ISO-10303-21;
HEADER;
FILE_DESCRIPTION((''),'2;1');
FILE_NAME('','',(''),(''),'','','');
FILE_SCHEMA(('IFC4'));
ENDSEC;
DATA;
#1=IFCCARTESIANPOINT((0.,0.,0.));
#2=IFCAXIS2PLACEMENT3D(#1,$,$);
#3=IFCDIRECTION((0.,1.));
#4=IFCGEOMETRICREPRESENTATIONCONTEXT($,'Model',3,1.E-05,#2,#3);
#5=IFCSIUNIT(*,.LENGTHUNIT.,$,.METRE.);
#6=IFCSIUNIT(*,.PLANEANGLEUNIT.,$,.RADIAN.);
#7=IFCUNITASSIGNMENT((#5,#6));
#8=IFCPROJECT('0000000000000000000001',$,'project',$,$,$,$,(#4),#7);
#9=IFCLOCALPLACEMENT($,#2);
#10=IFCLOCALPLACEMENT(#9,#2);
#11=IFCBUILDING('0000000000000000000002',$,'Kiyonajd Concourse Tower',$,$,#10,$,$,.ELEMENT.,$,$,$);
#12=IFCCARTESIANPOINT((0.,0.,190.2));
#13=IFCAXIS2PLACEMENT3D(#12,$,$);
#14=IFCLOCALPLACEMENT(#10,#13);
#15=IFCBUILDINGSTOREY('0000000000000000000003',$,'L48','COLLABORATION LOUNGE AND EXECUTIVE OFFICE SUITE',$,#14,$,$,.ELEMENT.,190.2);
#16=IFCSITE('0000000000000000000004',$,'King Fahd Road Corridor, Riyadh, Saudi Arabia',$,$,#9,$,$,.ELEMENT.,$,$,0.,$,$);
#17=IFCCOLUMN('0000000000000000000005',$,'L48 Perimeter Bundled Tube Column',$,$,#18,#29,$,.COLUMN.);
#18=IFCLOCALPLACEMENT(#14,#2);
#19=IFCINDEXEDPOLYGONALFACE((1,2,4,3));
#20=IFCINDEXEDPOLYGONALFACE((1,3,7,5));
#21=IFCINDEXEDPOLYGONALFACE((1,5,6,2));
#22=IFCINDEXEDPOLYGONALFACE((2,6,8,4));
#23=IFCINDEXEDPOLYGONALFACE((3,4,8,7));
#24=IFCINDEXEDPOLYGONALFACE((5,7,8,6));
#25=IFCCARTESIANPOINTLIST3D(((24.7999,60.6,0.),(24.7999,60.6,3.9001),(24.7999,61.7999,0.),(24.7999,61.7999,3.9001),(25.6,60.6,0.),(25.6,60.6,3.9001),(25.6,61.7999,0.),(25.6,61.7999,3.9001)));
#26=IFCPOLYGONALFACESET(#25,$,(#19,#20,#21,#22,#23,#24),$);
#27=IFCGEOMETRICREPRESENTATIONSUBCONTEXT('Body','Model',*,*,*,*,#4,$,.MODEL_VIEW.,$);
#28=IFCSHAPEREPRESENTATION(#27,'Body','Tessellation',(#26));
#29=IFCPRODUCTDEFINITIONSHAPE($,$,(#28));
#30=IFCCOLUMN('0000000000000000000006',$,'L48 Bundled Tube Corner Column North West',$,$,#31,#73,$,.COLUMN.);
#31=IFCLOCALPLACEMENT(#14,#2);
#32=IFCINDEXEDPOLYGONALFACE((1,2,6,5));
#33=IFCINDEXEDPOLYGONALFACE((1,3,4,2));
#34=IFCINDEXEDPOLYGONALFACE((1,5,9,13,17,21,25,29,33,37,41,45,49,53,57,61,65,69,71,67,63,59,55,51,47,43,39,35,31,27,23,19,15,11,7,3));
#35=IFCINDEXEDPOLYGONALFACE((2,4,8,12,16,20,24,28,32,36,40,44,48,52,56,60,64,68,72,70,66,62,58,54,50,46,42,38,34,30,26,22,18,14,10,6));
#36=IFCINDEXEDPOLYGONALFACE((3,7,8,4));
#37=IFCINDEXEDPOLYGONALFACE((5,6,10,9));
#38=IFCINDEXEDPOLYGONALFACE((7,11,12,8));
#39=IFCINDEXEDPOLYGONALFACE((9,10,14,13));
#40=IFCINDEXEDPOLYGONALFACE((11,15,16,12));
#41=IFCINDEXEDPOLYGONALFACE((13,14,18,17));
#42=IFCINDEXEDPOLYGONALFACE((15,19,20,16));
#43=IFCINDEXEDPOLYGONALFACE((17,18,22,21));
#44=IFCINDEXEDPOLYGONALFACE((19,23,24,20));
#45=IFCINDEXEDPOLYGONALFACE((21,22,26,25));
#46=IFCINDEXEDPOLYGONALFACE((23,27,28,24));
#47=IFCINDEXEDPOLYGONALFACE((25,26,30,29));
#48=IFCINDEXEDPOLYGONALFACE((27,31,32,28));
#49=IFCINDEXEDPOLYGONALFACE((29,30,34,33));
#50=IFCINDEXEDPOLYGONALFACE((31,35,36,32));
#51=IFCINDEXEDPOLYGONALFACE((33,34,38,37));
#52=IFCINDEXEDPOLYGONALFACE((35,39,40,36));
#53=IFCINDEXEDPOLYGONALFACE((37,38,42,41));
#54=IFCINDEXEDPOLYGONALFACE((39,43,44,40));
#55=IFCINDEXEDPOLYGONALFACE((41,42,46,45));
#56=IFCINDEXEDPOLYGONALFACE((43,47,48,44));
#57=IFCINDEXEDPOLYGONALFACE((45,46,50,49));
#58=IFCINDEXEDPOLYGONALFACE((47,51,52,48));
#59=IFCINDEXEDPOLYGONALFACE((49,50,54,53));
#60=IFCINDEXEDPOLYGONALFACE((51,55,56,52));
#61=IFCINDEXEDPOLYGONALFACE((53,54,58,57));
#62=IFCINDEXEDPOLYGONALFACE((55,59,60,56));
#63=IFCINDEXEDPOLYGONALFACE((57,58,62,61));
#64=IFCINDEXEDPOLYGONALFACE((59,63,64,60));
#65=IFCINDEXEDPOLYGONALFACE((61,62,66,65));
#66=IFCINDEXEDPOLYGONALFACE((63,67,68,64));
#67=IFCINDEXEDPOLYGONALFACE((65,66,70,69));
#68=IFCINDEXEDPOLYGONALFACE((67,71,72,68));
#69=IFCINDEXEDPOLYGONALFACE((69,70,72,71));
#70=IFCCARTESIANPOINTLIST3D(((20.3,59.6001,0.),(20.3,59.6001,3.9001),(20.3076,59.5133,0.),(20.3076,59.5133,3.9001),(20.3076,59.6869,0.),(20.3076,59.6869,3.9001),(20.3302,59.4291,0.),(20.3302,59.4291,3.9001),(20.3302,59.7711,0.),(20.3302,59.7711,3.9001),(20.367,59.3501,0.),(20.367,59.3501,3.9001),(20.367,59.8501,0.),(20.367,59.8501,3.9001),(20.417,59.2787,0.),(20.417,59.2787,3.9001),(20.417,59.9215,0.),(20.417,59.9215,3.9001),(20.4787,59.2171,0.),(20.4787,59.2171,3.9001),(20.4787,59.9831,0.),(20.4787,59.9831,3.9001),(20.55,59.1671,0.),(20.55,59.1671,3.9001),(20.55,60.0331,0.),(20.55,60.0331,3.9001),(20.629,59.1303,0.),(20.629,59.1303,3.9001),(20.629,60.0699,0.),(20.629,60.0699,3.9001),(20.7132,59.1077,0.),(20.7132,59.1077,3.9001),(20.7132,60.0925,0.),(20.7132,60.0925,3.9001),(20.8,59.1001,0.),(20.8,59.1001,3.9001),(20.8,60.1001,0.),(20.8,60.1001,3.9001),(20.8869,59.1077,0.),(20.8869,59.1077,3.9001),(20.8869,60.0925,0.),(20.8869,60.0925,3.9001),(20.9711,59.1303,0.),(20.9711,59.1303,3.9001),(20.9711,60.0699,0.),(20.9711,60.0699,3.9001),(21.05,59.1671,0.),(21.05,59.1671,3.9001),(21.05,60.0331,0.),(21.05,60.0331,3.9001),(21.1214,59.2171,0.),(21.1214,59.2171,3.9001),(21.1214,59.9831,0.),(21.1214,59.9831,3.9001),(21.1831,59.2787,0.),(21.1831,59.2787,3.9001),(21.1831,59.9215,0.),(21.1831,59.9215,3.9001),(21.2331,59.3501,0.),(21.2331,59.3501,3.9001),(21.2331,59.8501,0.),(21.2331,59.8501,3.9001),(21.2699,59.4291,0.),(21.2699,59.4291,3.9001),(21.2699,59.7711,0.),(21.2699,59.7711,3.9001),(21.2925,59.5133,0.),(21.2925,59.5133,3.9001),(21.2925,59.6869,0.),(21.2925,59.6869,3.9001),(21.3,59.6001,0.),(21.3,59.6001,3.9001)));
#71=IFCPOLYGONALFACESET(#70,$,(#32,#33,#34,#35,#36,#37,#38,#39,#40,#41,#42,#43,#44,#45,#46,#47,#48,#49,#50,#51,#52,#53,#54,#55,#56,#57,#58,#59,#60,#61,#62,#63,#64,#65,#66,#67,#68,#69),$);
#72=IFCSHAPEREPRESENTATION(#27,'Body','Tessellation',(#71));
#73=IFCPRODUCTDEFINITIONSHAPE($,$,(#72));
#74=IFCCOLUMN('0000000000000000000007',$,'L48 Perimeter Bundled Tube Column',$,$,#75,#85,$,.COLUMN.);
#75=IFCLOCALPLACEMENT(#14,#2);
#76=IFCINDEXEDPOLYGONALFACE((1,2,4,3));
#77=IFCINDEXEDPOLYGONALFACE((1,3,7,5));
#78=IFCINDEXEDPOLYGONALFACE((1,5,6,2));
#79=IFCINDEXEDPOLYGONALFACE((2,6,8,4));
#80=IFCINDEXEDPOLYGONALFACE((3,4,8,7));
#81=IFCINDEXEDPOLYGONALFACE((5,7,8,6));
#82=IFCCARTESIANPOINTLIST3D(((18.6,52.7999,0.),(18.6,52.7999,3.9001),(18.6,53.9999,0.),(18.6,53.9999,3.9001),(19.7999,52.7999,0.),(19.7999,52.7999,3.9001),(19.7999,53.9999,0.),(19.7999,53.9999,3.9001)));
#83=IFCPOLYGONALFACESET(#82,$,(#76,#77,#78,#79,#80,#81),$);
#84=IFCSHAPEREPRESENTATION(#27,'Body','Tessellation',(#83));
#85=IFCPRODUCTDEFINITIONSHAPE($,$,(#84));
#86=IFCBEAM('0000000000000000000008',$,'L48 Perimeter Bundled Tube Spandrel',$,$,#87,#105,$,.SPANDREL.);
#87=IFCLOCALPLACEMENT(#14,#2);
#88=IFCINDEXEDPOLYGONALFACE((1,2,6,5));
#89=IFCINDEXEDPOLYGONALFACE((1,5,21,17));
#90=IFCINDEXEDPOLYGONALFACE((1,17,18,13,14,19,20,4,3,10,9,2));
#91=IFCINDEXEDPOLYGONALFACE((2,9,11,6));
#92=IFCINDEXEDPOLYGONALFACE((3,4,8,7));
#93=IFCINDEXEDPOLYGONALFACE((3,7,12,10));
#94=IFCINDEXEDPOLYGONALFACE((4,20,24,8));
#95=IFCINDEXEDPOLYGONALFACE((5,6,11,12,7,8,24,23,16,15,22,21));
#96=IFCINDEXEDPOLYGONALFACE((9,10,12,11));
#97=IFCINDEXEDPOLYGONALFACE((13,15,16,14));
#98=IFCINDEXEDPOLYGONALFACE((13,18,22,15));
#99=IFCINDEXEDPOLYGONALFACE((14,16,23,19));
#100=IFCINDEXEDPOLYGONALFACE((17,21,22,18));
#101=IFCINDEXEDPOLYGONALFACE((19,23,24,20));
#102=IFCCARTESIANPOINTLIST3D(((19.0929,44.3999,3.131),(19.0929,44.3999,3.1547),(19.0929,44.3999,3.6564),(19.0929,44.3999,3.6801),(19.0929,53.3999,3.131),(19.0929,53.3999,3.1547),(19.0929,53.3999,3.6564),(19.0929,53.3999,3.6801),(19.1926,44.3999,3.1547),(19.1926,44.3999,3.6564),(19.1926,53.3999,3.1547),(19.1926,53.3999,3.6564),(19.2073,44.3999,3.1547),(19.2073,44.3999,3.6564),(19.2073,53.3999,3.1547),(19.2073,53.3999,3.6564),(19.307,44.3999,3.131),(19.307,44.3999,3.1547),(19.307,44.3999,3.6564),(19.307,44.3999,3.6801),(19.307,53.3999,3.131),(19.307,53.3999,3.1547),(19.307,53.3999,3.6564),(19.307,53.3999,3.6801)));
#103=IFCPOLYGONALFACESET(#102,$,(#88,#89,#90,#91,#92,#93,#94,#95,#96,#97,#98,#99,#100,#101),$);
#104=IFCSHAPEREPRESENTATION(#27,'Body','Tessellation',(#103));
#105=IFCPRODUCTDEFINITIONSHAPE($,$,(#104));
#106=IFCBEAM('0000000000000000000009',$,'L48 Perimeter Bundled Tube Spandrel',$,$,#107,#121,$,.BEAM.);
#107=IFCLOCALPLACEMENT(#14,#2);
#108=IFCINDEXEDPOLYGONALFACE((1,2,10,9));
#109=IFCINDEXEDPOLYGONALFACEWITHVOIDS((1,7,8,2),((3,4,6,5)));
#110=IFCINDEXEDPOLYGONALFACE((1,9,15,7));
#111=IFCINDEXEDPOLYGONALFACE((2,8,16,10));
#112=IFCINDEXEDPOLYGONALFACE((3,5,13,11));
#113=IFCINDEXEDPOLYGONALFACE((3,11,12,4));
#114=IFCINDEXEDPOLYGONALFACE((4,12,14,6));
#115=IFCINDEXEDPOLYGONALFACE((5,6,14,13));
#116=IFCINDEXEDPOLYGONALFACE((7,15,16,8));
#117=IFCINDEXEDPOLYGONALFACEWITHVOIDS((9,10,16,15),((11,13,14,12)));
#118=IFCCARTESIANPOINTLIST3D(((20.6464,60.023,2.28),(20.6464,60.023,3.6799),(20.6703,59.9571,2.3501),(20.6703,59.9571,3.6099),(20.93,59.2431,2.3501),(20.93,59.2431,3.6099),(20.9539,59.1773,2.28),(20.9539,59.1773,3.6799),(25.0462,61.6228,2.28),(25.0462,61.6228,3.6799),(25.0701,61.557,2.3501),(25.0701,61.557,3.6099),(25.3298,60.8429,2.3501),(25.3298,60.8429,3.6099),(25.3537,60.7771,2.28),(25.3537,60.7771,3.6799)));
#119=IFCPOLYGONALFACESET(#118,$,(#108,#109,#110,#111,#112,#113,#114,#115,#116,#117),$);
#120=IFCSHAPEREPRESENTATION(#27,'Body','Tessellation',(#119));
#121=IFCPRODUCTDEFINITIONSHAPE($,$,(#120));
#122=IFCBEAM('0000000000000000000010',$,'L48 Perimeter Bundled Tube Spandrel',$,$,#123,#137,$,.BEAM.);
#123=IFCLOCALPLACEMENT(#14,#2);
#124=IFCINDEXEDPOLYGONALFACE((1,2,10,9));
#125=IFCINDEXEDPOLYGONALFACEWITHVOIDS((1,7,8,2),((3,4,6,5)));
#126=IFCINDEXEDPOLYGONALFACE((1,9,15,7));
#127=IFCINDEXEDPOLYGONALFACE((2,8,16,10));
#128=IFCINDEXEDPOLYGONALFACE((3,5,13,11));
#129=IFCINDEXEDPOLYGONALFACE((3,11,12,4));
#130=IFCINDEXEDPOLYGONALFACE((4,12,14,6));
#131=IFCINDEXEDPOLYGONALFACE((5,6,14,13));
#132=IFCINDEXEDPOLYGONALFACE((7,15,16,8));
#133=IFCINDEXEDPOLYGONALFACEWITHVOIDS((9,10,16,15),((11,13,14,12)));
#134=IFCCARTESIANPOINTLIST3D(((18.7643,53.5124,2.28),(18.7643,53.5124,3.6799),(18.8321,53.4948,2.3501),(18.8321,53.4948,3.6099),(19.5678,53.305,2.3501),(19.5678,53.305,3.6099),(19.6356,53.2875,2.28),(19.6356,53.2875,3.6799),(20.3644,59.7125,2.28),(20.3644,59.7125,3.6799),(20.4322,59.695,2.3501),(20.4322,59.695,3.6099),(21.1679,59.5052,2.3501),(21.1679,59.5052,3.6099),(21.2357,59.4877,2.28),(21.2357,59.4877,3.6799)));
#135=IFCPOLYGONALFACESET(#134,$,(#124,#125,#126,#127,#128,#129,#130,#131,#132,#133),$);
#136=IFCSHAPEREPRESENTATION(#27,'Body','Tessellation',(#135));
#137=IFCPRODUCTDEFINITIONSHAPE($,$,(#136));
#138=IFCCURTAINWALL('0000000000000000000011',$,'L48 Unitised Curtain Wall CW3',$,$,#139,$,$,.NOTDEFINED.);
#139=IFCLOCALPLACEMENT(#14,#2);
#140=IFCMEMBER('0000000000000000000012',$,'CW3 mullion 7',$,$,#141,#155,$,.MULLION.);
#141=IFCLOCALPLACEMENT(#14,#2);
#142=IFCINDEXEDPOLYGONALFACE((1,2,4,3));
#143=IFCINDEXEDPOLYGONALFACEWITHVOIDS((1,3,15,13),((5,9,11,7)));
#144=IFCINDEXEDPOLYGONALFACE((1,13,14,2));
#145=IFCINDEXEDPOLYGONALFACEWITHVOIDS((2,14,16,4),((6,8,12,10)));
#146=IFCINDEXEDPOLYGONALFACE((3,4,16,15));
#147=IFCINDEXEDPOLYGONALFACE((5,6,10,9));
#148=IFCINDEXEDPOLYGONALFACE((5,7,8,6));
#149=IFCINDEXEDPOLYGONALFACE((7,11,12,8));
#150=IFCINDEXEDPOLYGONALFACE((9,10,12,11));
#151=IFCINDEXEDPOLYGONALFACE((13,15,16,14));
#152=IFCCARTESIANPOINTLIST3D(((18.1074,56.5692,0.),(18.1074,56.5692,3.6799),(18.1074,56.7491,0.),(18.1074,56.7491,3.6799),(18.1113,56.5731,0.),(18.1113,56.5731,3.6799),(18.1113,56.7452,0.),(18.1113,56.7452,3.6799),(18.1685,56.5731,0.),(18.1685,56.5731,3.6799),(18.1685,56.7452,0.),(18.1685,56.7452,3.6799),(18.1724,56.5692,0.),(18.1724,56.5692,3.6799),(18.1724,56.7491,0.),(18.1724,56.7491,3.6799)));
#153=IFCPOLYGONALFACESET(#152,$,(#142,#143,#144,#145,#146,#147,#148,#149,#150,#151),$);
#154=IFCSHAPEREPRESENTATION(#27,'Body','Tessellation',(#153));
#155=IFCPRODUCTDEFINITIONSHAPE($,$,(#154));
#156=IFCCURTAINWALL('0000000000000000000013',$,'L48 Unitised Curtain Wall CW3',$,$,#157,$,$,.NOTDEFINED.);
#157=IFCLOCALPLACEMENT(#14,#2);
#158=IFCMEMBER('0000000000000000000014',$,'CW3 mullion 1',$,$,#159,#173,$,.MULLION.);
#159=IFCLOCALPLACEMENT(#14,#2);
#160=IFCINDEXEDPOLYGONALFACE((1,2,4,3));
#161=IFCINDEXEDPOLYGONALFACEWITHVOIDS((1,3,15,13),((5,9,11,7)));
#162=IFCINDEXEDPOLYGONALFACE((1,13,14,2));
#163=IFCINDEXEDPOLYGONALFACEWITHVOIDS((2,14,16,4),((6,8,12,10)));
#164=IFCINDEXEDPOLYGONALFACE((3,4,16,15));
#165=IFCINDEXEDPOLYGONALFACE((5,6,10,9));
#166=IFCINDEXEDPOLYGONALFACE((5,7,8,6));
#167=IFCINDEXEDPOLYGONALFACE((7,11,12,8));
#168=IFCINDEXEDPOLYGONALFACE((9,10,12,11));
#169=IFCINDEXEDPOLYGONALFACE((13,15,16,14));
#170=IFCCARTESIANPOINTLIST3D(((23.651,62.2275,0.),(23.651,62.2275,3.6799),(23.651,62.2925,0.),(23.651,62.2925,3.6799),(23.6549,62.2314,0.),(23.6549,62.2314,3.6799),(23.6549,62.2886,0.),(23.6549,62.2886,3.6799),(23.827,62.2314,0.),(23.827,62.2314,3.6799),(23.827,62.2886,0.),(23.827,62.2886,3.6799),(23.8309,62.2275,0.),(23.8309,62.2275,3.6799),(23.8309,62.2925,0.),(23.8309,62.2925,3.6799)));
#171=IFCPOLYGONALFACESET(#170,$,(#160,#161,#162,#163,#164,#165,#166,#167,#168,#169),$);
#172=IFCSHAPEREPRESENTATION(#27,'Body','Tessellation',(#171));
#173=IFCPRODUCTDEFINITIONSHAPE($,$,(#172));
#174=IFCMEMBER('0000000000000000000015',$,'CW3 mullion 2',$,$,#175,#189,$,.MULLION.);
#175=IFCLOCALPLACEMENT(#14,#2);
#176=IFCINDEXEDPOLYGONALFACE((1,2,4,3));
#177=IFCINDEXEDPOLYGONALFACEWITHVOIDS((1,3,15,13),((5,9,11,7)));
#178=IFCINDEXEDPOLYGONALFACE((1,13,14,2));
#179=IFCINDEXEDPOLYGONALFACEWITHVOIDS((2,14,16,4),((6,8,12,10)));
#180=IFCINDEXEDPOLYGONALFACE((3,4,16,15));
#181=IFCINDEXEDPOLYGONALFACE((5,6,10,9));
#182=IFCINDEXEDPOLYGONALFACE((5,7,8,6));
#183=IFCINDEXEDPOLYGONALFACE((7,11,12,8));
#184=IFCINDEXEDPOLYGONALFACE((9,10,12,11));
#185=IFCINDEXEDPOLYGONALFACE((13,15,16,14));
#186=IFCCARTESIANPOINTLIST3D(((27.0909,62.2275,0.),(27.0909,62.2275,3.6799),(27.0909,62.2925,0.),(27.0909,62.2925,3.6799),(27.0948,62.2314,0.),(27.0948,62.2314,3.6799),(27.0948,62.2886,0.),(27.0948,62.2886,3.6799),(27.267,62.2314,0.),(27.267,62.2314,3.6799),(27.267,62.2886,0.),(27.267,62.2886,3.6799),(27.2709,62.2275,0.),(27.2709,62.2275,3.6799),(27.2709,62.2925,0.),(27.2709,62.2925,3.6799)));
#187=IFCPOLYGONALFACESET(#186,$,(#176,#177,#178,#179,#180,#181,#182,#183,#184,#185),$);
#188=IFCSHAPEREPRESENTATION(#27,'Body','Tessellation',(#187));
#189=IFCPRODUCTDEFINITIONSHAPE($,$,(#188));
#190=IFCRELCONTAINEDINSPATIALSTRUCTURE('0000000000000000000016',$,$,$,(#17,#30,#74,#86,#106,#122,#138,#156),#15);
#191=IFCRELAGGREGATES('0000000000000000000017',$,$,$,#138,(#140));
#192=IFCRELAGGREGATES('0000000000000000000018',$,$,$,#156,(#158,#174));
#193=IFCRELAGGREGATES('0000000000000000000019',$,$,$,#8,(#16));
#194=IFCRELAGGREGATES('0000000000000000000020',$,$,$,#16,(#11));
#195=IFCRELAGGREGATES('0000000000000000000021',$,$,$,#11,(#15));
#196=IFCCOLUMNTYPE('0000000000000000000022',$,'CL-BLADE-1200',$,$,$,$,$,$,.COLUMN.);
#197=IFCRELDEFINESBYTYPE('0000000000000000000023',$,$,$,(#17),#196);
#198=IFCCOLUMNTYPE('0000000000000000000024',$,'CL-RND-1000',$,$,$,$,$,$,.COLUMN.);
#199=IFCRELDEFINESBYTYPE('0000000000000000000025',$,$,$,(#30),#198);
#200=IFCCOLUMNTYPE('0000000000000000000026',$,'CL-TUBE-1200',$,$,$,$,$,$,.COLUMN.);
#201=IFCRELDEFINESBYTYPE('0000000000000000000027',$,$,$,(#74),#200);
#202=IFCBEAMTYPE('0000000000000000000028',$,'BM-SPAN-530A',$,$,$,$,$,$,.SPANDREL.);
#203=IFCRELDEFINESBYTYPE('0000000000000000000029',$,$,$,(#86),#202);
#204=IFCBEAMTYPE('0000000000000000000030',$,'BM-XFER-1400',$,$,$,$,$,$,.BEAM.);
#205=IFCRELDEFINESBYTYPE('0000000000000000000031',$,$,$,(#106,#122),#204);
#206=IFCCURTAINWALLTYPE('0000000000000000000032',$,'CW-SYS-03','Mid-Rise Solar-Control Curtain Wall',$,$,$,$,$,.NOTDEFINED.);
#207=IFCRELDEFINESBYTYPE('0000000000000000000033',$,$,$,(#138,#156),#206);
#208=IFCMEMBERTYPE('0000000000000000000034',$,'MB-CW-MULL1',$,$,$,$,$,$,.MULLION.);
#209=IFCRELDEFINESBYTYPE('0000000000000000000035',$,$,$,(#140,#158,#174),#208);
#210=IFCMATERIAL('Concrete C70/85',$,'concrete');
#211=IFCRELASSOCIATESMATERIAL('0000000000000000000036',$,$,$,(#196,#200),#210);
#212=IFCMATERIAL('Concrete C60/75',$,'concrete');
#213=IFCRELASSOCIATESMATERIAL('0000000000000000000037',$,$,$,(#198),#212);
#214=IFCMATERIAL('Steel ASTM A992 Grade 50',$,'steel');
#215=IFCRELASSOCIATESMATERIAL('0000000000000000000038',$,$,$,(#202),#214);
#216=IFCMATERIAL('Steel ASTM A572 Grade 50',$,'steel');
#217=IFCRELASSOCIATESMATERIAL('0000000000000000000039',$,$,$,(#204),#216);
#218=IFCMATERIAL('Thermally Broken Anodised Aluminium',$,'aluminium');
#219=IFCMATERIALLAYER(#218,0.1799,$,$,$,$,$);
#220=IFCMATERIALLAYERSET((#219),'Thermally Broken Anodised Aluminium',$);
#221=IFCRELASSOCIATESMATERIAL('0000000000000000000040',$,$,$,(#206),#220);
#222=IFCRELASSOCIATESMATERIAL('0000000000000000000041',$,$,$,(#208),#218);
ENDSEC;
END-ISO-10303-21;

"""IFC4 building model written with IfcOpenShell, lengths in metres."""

from ifc_helpers import new_model, si_unit, direction, frame, origin, origin_2d, place, context, subcontext, project, spatial, rectangle, hollow_rectangle, circle, i_section, extrude, material, layer, layer_set, material_profile, profile_set, type_object, element, aggregate, save


model = new_model("IFC4")

# Units and contexts
model_context = context("Model", 3, precision=1e-05, world=origin(), true_north=direction((0.0, 1.0)))
body_context = subcontext(model_context, "Body", "Model", "MODEL_VIEW")
ifc_project = project(units=[si_unit("LENGTHUNIT", "METRE"), si_unit("PLANEANGLEUNIT", "RADIAN")], contexts=[model_context])

# Site, building, storey
site_placement = place(None, origin())
site = spatial("IfcSite", under=ifc_project, at=site_placement, Name="King Fahd Road Corridor, Riyadh, Saudi Arabia", CompositionType="ELEMENT", RefElevation=0.0)
building_placement = place(site_placement, origin())
building = spatial("IfcBuilding", under=site, at=building_placement, Name="Kiyonajd Concourse Tower", CompositionType="ELEMENT")
storey_placement = place(building_placement, frame((0.0, 0.0, 190.2)))
storey = spatial("IfcBuildingStorey", under=building, at=storey_placement, Name="L48", Description="COLLABORATION LOUNGE AND EXECUTIVE OFFICE SUITE", CompositionType="ELEMENT", Elevation=190.2)

# Columns
ifc_material_1 = material(Name="Concrete C70/85", Category="concrete")
ifc_material_profile_1 = material_profile(ifc_material_1, rectangle(XDim=0.8, YDim=1.2, at=origin_2d()), Name="RC-1200x800")
ifc_profile_set_1 = profile_set([ifc_material_profile_1], Name="Concrete C70/85")
column_type_1 = type_object("IfcColumnType", Name="CL-BLADE-1200", PredefinedType="COLUMN", material=ifc_profile_set_1)
column_1_placement = place(storey_placement, frame((25.2, 61.2, 0.0), z_axis=(0.0, 0.0, 1.0), x_axis=(1.0, 0.0, 0.0)))
element("IfcColumn", 1, at=column_1_placement, inside=storey, type_object=column_type_1, Name="L48 Perimeter Bundled Tube Column", PredefinedType="COLUMN", context=body_context, shape_type="SweptSolid", body=[
    extrude(rectangle(XDim=0.8, YDim=1.2, at=origin_2d()), origin(), (0.0, 0.0, 1.0), 3.9001),
])
ifc_material_2 = material(Name="Concrete C60/75", Category="concrete")
ifc_material_profile_2 = material_profile(ifc_material_2, circle(Radius=0.5, at=origin_2d()), Name="RCC-D1000")
ifc_profile_set_2 = profile_set([ifc_material_profile_2], Name="Concrete C60/75")
column_type_2 = type_object("IfcColumnType", Name="CL-RND-1000", PredefinedType="COLUMN", material=ifc_profile_set_2)
column_2_placement = place(storey_placement, frame((20.8, 59.6001, 0.0), z_axis=(0.0, 0.0, 1.0), x_axis=(1.0, 0.0, 0.0)))
element("IfcColumn", 2, at=column_2_placement, inside=storey, type_object=column_type_2, Name="L48 Bundled Tube Corner Column North West", PredefinedType="COLUMN", context=body_context, shape_type="SweptSolid", body=[
    extrude(circle(Radius=0.5, at=origin_2d()), origin(), (0.0, 0.0, 1.0), 3.9001),
])
ifc_material_profile_3 = material_profile(ifc_material_1, rectangle(XDim=1.2, YDim=1.2, at=origin_2d()), Name="RC-1200x1200")
ifc_profile_set_3 = profile_set([ifc_material_profile_3], Name="Concrete C70/85")
column_type_3 = type_object("IfcColumnType", Name="CL-TUBE-1200", PredefinedType="COLUMN", material=ifc_profile_set_3)
column_3_placement = place(storey_placement, frame((19.2, 53.3999, 0.0), z_axis=(0.0, 0.0, 1.0), x_axis=(1.0, 0.0, 0.0)))
element("IfcColumn", 3, at=column_3_placement, inside=storey, type_object=column_type_3, Name="L48 Perimeter Bundled Tube Column", PredefinedType="COLUMN", context=body_context, shape_type="SweptSolid", body=[
    extrude(rectangle(XDim=1.2, YDim=1.2, at=origin_2d()), origin(), (0.0, 0.0, 1.0), 3.9001),
])

# Beams
ifc_material_3 = material(Name="Steel ASTM A992 Grade 50", Category="steel")
ifc_material_profile_4 = material_profile(ifc_material_3, i_section(OverallWidth=0.2141, OverallDepth=0.5491, WebThickness=0.0146, FlangeThickness=0.0237, at=origin_2d()), Name="W530X138")
ifc_profile_set_4 = profile_set([ifc_material_profile_4], Name="Steel ASTM A992 Grade 50")
beam_type_1 = type_object("IfcBeamType", Name="BM-SPAN-530A", PredefinedType="SPANDREL", material=ifc_profile_set_4)
beam_1_placement = place(storey_placement, frame((19.2, 53.3999, 3.4055), z_axis=(0.0, -1.0, 0.0), x_axis=(1.0, 0.0, 0.0)))
element("IfcBeam", 4, at=beam_1_placement, inside=storey, type_object=beam_type_1, Name="L48 Perimeter Bundled Tube Spandrel", PredefinedType="SPANDREL", context=body_context, shape_type="SweptSolid", body=[
    extrude(i_section(OverallWidth=0.2141, OverallDepth=0.5491, WebThickness=0.0146, FlangeThickness=0.0237, at=origin_2d()), origin(), (0.0, 0.0, 1.0), 9.0),
])
ifc_material_4 = material(Name="Steel ASTM A572 Grade 50", Category="steel")
ifc_material_profile_5 = material_profile(ifc_material_4, hollow_rectangle(XDim=0.8999, YDim=1.3999, WallThickness=0.0701, at=origin_2d()), Name="BOX-1400x900x70")
ifc_profile_set_5 = profile_set([ifc_material_profile_5], Name="Steel ASTM A572 Grade 50")
beam_type_2 = type_object("IfcBeamType", Name="BM-XFER-1400", PredefinedType="BEAM", material=ifc_profile_set_5)
beam_2_placement = place(storey_placement, frame((25.2, 61.2, 2.98), z_axis=(-0.939801, -0.341722, 0.0), x_axis=(0.341722, -0.939801, 0.0)))
element("IfcBeam", 5, at=beam_2_placement, inside=storey, type_object=beam_type_2, Name="L48 Perimeter Bundled Tube Spandrel", PredefinedType="BEAM", context=body_context, shape_type="SweptSolid", body=[
    extrude(hollow_rectangle(XDim=0.8999, YDim=1.3999, WallThickness=0.0701, at=origin_2d()), origin(), (0.0, 0.0, 1.0), 4.6816),
])
beam_3_placement = place(storey_placement, frame((20.8, 59.6001, 2.98), z_axis=(-0.249885, -0.968276, 0.0), x_axis=(0.968276, -0.249885, 0.0)))
element("IfcBeam", 6, at=beam_3_placement, inside=storey, type_object=beam_type_2, Name="L48 Perimeter Bundled Tube Spandrel", PredefinedType="BEAM", context=body_context, shape_type="SweptSolid", body=[
    extrude(hollow_rectangle(XDim=0.8999, YDim=1.3999, WallThickness=0.0701, at=origin_2d()), origin(), (0.0, 0.0, 1.0), 6.4033),
])

# Curtain wall, member
ifc_material_5 = material(Name="Thermally Broken Anodised Aluminium", Category="aluminium")
ifc_layer_1 = layer(ifc_material_5, 0.1799)
ifc_layer_set_1 = layer_set([ifc_layer_1], Name="Thermally Broken Anodised Aluminium")
curtain_wall_type = type_object("IfcCurtainWallType", Name="CW-SYS-03", Description="Mid-Rise Solar-Control Curtain Wall", PredefinedType="NOTDEFINED", material=ifc_layer_set_1)
curtain_wall_1_placement = place(storey_placement, origin())
curtain_wall_1 = element("IfcCurtainWall", 7, at=curtain_wall_1_placement, inside=storey, type_object=curtain_wall_type, Name="L48 Unitised Curtain Wall CW3", PredefinedType="NOTDEFINED")
ifc_material_profile_6 = material_profile(ifc_material_5, hollow_rectangle(XDim=0.0649, YDim=0.1799, WallThickness=0.0039, at=origin_2d()), Name="MULL-65x180")
ifc_profile_set_6 = profile_set([ifc_material_profile_6], Name="Thermally Broken Anodised Aluminium")
member_type_1 = type_object("IfcMemberType", Name="MB-CW-MULL1", PredefinedType="MULLION", material=ifc_profile_set_6)
member_1_placement = place(storey_placement, frame((18.1399, 56.6592, 0.0), z_axis=(0.0, 0.0, 1.0), x_axis=(-1.0, 0.0, 0.0)))
member_1 = element("IfcMember", 8, at=member_1_placement, type_object=member_type_1, Name="CW3 mullion 7", PredefinedType="MULLION", context=body_context, shape_type="SweptSolid", body=[
    extrude(hollow_rectangle(XDim=0.0649, YDim=0.1799, WallThickness=0.0039, at=origin_2d()), origin(), (0.0, 0.0, 1.0), 3.6799),
])

# Curtain wall, members
curtain_wall_2_placement = place(storey_placement, origin())
curtain_wall_2 = element("IfcCurtainWall", 9, at=curtain_wall_2_placement, inside=storey, type_object=curtain_wall_type, Name="L48 Unitised Curtain Wall CW3", PredefinedType="NOTDEFINED")
member_2_placement = place(storey_placement, frame((23.741, 62.26, 0.0), z_axis=(0.0, 0.0, 1.0), x_axis=(0.0, 1.0, 0.0)))
member_2 = element("IfcMember", 10, at=member_2_placement, type_object=member_type_1, Name="CW3 mullion 1", PredefinedType="MULLION", context=body_context, shape_type="SweptSolid", body=[
    extrude(hollow_rectangle(XDim=0.0649, YDim=0.1799, WallThickness=0.0039, at=origin_2d()), origin(), (0.0, 0.0, 1.0), 3.6799),
])
member_3_placement = place(storey_placement, frame((27.1809, 62.26, 0.0), z_axis=(0.0, 0.0, 1.0), x_axis=(0.0, 1.0, 0.0)))
member_3 = element("IfcMember", 11, at=member_3_placement, type_object=member_type_1, Name="CW3 mullion 2", PredefinedType="MULLION", context=body_context, shape_type="SweptSolid", body=[
    extrude(hollow_rectangle(XDim=0.0649, YDim=0.1799, WallThickness=0.0039, at=origin_2d()), origin(), (0.0, 0.0, 1.0), 3.6799),
])

aggregate(curtain_wall_1, [member_1])
aggregate(curtain_wall_2, [member_2, member_3])

save(model, "model.ifc")
